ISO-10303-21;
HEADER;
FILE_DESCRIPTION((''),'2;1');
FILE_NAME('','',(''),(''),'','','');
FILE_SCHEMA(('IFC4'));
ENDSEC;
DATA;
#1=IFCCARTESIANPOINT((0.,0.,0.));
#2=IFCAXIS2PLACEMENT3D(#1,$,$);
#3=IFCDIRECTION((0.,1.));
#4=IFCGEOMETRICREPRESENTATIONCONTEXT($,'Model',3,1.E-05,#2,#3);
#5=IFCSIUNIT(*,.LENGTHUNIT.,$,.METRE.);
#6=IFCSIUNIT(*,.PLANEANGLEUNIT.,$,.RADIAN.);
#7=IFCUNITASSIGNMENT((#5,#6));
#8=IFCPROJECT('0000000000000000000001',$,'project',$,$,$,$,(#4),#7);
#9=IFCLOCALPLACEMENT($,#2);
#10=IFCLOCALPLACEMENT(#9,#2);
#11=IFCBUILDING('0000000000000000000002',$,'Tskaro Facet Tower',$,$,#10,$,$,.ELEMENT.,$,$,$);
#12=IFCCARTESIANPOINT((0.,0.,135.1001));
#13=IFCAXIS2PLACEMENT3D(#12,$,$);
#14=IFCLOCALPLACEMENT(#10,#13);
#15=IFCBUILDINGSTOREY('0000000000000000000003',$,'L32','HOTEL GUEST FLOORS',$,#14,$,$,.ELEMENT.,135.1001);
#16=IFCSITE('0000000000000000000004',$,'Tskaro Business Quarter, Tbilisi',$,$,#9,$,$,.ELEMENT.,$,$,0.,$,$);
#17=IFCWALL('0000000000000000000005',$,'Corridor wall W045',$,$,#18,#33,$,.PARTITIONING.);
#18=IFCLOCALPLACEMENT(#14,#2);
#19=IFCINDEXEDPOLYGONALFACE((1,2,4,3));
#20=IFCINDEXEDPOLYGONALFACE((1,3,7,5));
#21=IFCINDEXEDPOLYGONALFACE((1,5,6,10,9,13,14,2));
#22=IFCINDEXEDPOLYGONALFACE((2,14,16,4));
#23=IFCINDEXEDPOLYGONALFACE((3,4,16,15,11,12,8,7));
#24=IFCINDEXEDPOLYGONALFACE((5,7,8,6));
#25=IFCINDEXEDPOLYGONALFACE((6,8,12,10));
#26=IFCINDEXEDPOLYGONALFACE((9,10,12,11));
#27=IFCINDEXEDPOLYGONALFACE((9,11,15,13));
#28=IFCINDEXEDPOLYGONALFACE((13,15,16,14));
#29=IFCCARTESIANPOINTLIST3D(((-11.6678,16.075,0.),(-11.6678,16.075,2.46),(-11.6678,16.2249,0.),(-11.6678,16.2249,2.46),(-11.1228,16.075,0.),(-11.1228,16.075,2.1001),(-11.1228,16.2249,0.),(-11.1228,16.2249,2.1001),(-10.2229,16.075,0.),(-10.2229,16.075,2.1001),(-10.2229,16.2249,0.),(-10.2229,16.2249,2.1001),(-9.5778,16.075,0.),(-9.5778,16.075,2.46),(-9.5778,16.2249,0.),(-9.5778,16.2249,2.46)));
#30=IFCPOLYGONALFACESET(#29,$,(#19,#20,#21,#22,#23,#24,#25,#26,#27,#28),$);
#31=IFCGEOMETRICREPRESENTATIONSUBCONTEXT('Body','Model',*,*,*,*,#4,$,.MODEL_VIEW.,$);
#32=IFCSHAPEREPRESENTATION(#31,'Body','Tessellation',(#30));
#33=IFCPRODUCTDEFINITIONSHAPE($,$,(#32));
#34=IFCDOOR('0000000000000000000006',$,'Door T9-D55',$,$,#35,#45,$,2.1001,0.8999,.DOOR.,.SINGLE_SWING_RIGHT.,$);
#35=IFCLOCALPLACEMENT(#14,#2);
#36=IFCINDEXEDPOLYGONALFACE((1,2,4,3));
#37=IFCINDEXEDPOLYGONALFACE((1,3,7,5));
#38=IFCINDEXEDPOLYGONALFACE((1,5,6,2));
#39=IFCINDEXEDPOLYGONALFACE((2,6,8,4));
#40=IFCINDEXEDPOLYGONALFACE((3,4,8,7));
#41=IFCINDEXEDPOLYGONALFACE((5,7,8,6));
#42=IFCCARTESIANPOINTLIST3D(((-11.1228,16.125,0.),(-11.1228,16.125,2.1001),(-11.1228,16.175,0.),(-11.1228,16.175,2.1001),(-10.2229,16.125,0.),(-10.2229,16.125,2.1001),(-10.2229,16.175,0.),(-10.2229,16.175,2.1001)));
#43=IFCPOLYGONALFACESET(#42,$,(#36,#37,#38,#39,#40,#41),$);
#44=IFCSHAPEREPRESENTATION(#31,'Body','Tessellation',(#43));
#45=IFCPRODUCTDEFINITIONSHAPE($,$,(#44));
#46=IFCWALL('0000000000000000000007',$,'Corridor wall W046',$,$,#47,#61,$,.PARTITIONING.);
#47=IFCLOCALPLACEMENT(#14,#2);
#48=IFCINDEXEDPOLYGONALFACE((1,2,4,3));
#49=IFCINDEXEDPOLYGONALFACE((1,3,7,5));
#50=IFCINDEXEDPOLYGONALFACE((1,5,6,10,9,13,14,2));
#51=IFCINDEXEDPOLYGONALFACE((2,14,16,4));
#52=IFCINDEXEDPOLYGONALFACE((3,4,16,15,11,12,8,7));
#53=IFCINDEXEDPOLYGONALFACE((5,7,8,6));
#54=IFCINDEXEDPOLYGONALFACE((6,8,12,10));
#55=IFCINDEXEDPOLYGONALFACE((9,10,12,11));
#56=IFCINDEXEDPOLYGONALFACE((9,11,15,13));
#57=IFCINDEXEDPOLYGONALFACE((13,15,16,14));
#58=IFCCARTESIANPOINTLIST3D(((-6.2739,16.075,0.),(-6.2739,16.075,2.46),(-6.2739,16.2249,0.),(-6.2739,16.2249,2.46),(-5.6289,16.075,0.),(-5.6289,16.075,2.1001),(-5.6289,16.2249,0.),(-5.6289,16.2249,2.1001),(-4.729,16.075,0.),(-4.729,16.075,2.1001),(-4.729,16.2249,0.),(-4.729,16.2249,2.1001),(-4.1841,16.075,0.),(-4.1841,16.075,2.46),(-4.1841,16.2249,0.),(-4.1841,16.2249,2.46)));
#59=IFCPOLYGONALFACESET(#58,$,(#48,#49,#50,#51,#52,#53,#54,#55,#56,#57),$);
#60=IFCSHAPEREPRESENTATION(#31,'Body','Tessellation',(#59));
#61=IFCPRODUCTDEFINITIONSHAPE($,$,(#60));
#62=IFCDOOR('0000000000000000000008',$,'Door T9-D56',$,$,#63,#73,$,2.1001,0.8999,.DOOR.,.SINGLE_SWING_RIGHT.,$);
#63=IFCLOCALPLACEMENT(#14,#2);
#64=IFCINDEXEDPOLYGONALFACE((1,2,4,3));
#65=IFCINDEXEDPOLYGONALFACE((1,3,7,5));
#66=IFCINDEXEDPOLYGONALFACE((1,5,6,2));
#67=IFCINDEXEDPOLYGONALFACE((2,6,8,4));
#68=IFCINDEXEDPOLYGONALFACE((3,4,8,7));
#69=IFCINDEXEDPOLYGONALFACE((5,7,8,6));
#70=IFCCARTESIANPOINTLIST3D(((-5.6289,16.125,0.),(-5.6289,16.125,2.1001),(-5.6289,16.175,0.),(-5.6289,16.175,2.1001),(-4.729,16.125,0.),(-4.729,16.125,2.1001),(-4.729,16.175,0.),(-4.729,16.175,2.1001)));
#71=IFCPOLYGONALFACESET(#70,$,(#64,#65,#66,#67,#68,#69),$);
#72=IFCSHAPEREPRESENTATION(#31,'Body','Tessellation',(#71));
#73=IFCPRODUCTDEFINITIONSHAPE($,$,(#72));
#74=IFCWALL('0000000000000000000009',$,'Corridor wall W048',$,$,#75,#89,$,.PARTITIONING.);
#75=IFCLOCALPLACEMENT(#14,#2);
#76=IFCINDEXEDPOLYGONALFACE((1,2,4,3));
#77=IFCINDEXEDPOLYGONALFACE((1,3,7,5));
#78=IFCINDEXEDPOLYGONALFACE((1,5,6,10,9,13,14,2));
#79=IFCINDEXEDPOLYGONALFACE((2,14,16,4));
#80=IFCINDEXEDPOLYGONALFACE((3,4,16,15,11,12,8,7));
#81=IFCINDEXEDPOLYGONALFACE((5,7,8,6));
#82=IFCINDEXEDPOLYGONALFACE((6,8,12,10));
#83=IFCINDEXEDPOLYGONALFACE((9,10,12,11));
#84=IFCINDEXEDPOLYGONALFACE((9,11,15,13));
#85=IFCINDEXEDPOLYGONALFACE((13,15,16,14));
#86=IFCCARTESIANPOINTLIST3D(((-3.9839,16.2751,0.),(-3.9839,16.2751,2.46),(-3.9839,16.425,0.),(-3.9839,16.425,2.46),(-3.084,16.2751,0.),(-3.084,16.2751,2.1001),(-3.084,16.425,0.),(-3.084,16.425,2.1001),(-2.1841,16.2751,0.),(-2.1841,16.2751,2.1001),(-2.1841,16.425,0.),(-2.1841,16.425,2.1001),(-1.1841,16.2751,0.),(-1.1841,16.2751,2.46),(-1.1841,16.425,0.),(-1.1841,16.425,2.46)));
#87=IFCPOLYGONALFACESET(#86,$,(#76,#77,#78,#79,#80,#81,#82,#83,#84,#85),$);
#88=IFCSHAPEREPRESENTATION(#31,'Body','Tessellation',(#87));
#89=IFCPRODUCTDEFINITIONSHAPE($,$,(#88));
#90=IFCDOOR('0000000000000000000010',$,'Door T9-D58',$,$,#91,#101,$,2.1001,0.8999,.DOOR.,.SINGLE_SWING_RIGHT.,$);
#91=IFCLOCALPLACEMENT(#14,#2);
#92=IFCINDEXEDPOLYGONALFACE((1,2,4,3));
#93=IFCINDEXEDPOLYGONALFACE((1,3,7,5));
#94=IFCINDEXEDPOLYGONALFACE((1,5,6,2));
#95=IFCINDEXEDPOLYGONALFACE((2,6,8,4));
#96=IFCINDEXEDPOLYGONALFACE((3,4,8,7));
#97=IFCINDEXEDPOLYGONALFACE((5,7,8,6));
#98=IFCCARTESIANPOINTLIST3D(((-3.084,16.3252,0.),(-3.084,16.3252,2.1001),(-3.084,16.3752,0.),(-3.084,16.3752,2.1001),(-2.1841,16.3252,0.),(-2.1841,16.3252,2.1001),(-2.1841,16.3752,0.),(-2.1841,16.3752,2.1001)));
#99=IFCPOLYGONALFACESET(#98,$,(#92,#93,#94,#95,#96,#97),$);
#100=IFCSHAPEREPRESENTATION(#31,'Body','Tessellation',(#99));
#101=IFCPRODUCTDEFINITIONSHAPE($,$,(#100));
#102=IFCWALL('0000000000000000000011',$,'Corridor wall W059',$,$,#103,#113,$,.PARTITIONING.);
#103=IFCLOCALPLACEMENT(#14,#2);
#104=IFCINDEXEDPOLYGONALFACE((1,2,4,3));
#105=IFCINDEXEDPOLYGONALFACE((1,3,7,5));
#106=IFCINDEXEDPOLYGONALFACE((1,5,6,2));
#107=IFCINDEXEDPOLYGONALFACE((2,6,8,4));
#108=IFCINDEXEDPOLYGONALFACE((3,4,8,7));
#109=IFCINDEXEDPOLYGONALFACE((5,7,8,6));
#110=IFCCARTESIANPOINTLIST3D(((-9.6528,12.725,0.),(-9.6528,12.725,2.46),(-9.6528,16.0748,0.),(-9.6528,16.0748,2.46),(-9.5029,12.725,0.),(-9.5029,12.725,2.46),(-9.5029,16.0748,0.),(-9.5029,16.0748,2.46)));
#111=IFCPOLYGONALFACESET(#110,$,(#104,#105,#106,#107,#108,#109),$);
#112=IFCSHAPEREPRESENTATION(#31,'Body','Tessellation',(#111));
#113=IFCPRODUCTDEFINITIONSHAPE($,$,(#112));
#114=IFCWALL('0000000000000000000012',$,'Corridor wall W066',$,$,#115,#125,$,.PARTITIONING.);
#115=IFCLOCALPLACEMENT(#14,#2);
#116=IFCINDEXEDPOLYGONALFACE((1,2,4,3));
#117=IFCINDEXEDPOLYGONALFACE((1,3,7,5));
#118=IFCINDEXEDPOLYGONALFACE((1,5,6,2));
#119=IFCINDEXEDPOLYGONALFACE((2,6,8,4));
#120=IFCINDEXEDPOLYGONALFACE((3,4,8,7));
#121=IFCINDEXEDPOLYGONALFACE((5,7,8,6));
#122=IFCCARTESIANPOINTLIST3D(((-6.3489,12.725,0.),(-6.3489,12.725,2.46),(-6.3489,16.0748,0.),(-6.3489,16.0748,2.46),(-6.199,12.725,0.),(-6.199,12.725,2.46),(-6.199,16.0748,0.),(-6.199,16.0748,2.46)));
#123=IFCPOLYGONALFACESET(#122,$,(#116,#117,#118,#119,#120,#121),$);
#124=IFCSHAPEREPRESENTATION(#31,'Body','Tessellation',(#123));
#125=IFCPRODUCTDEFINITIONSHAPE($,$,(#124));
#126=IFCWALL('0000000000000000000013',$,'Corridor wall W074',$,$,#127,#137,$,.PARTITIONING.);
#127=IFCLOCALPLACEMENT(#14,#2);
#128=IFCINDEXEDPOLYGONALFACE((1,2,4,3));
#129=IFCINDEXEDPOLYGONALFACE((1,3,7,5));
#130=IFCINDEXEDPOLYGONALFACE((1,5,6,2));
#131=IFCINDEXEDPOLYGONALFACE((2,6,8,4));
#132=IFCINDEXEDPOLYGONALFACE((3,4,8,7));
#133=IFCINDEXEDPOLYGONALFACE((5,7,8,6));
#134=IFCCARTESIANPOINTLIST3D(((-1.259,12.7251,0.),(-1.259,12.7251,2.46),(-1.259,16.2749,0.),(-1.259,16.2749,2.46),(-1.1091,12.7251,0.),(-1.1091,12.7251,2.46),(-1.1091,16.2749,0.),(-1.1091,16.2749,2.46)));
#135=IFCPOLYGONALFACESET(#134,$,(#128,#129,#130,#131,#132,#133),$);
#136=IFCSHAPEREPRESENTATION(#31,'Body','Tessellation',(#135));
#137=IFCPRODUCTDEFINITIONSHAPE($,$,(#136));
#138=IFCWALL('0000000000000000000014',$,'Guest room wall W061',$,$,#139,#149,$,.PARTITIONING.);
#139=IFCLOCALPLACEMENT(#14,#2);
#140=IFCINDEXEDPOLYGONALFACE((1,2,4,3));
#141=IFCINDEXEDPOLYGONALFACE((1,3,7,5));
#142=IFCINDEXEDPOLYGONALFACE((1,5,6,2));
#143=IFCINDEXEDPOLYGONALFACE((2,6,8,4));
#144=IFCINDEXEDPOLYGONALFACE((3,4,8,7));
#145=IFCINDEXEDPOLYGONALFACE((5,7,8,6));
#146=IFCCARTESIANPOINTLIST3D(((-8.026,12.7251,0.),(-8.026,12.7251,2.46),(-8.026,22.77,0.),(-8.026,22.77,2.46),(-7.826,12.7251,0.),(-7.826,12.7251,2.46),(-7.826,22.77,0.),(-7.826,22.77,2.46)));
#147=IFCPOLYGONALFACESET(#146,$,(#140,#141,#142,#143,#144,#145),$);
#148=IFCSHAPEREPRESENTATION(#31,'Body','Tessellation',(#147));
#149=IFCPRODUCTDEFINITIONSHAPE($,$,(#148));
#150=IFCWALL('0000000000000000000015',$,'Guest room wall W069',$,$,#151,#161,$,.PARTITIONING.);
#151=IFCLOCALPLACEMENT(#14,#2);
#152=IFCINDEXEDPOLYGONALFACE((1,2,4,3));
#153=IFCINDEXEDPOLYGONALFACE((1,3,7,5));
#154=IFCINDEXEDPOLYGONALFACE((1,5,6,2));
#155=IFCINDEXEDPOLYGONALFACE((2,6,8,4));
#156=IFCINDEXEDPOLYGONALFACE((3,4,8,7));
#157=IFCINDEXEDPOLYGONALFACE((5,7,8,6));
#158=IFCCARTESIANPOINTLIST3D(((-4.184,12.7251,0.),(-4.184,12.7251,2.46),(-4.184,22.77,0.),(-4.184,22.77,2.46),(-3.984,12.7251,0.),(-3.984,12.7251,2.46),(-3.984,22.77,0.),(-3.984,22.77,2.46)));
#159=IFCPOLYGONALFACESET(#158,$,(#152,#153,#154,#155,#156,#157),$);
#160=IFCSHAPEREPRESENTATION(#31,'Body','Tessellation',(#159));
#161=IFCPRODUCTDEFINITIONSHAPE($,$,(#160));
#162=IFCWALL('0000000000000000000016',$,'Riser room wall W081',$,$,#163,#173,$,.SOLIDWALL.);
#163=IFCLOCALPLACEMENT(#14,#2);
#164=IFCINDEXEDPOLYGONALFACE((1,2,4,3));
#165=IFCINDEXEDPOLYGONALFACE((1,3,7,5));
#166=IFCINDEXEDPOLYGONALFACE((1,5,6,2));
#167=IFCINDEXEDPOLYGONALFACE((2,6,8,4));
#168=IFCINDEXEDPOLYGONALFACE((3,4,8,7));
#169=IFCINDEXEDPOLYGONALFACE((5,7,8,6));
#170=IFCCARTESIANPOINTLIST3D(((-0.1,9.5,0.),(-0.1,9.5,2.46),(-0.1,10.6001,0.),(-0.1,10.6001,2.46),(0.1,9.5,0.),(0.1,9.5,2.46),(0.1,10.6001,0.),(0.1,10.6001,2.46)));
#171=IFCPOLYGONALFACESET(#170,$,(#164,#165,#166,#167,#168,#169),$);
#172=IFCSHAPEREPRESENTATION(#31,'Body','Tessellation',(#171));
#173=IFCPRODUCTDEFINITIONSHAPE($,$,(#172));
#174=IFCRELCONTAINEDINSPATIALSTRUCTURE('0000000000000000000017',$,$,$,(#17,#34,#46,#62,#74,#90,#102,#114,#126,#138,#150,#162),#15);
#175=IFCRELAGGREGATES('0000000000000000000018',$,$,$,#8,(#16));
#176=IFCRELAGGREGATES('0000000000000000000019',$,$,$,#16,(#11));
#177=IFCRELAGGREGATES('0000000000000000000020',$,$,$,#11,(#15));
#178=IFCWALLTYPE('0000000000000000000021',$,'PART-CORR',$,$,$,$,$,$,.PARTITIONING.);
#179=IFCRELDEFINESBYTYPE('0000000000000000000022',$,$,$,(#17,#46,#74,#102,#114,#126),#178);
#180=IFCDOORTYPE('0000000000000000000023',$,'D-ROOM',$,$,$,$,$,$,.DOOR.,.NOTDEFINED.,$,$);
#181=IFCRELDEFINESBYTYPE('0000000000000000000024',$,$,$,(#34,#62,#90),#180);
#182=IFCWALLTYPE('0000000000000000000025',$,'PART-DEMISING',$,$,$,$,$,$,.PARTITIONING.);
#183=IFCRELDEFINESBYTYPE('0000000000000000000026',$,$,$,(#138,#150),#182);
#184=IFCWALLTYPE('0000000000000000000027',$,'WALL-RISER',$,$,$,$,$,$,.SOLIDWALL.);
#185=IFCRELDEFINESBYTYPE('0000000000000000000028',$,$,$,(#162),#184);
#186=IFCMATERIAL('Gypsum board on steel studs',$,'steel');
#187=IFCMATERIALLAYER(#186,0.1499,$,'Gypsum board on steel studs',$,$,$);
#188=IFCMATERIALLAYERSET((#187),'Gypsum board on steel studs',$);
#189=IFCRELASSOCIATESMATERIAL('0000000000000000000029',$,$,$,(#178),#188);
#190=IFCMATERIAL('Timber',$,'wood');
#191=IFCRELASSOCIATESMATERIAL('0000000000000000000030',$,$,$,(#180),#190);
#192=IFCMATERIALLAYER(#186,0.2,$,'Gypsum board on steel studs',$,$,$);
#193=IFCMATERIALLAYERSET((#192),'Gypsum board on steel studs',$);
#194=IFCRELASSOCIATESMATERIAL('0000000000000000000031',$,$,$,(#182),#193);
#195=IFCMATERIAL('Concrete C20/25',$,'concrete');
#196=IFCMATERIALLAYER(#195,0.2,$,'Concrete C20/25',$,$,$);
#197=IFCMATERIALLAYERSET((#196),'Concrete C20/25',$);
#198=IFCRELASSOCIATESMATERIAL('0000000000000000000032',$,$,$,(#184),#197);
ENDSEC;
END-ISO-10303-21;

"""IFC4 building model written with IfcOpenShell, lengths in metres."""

from ifc_helpers import new_model, si_unit, direction, frame, frame_2d, origin, place, context, subcontext, project, spatial, rectangle, extrude, material, layer, layer_set, type_object, element, fill, save


model = new_model("IFC4")

# Units and contexts
model_context = context("Model", 3, precision=1e-05, world=origin(), true_north=direction((0.0, 1.0)))
body_context = subcontext(model_context, "Body", "Model", "MODEL_VIEW")
ifc_project = project(units=[si_unit("LENGTHUNIT", "METRE"), si_unit("PLANEANGLEUNIT", "RADIAN")], contexts=[model_context])

# Site, building, storey
site_placement = place(None, origin())
site = spatial("IfcSite", under=ifc_project, at=site_placement, Name="Tskaro Business Quarter, Tbilisi", CompositionType="ELEMENT", RefElevation=0.0)
building_placement = place(site_placement, origin())
building = spatial("IfcBuilding", under=site, at=building_placement, Name="Tskaro Facet Tower", CompositionType="ELEMENT")
storey_placement = place(building_placement, frame((0.0, 0.0, 135.1001)))
storey = spatial("IfcBuildingStorey", under=building, at=storey_placement, Name="L32", Description="HOTEL GUEST FLOORS", CompositionType="ELEMENT", Elevation=135.1001)

# Shared definitions
ifc_material_1 = material(Name="Gypsum board on steel studs", Category="steel")
ifc_layer_1 = layer(ifc_material_1, 0.1499, Name="Gypsum board on steel studs")
ifc_layer_set_1 = layer_set([ifc_layer_1], Name="Gypsum board on steel studs")
wall_type_1 = type_object("IfcWallType", Name="PART-CORR", PredefinedType="PARTITIONING", material=ifc_layer_set_1)
ifc_material_2 = material(Name="Timber", Category="wood")
door_type_1 = type_object("IfcDoorType", Name="D-ROOM", OperationType="NOTDEFINED", PredefinedType="DOOR", material=ifc_material_2)

# Walls, openings, doors
wall_1_placement = place(storey_placement, frame((-9.5779, 16.1499, 0.0), z_axis=(0.0, 0.0, 1.0), x_axis=(-1.0, 0.0, 0.0)))
wall_1 = element("IfcWall", 1, at=wall_1_placement, inside=storey, type_object=wall_type_1, Name="Corridor wall W045", PredefinedType="PARTITIONING", context=body_context, shape_type="SweptSolid", body=[
    extrude(rectangle(XDim=2.0901, YDim=0.1499, at=frame_2d((1.0449, 0.0))), origin(), (0.0, 0.0, 1.0), 2.46),
])
opening_1_placement = place(wall_1_placement, frame((0.645, 0.0, 0.0)))
opening_1 = element("IfcOpeningElement", 2, at=opening_1_placement, cuts=wall_1, PredefinedType="OPENING", context=body_context, shape_type="SweptSolid", body=[
    extrude(rectangle(XDim=0.8999, YDim=2.1001, at=frame_2d((0.45, 1.05))), frame((0.0, 0.085, 0.0), z_axis=(0.0, -1.0, 0.0), x_axis=(1.0, 0.0, 0.0)), (0.0, 0.0, 1.0), 0.1699),
])
door_1_placement = place(opening_1_placement, origin())
door_1 = element("IfcDoor", 3, at=door_1_placement, inside=storey, type_object=door_type_1, Name="Door T9-D55", OperationType="SINGLE_SWING_RIGHT", OverallHeight=2.1001, OverallWidth=0.8999, PredefinedType="DOOR", context=body_context, shape_type="SweptSolid", body=[
    extrude(rectangle(XDim=0.8999, YDim=2.1001, at=frame_2d((0.45, 1.05))), frame((0.0, 0.0249, 0.0), z_axis=(0.0, -1.0, 0.0), x_axis=(1.0, 0.0, 0.0)), (0.0, 0.0, 1.0), 0.05),
])
fill(opening_1, door_1)
wall_2_placement = place(storey_placement, frame((-4.1841, 16.1499, 0.0), z_axis=(0.0, 0.0, 1.0), x_axis=(-1.0, 0.0, 0.0)))
wall_2 = element("IfcWall", 4, at=wall_2_placement, inside=storey, type_object=wall_type_1, Name="Corridor wall W046", PredefinedType="PARTITIONING", context=body_context, shape_type="SweptSolid", body=[
    extrude(rectangle(XDim=2.0898, YDim=0.1499, at=frame_2d((1.0449, 0.0))), origin(), (0.0, 0.0, 1.0), 2.46),
])
opening_2_placement = place(wall_2_placement, frame((0.5449, 0.0, 0.0)))
opening_2 = element("IfcOpeningElement", 5, at=opening_2_placement, cuts=wall_2, PredefinedType="OPENING", context=body_context, shape_type="SweptSolid", body=[
    extrude(rectangle(XDim=0.8999, YDim=2.1001, at=frame_2d((0.45, 1.05))), frame((0.0, 0.085, 0.0), z_axis=(0.0, -1.0, 0.0), x_axis=(1.0, 0.0, 0.0)), (0.0, 0.0, 1.0), 0.1699),
])
door_2_placement = place(opening_2_placement, origin())
door_2 = element("IfcDoor", 6, at=door_2_placement, inside=storey, type_object=door_type_1, Name="Door T9-D56", OperationType="SINGLE_SWING_RIGHT", OverallHeight=2.1001, OverallWidth=0.8999, PredefinedType="DOOR", context=body_context, shape_type="SweptSolid", body=[
    extrude(rectangle(XDim=0.8999, YDim=2.1001, at=frame_2d((0.45, 1.05))), frame((0.0, 0.0249, 0.0), z_axis=(0.0, -1.0, 0.0), x_axis=(1.0, 0.0, 0.0)), (0.0, 0.0, 1.0), 0.05),
])
fill(opening_2, door_2)
wall_3_placement = place(storey_placement, frame((-1.1841, 16.3501, 0.0), z_axis=(0.0, 0.0, 1.0), x_axis=(-1.0, 0.0, 0.0)))
wall_3 = element("IfcWall", 7, at=wall_3_placement, inside=storey, type_object=wall_type_1, Name="Corridor wall W048", PredefinedType="PARTITIONING", context=body_context, shape_type="SweptSolid", body=[
    extrude(rectangle(XDim=2.7998, YDim=0.1499, at=frame_2d((1.3999, 0.0))), origin(), (0.0, 0.0, 1.0), 2.46),
])
opening_3_placement = place(wall_3_placement, frame((1.0, 0.0, 0.0)))
opening_3 = element("IfcOpeningElement", 8, at=opening_3_placement, cuts=wall_3, PredefinedType="OPENING", context=body_context, shape_type="SweptSolid", body=[
    extrude(rectangle(XDim=0.8999, YDim=2.1001, at=frame_2d((0.45, 1.05))), frame((0.0, 0.085, 0.0), z_axis=(0.0, -1.0, 0.0), x_axis=(1.0, 0.0, 0.0)), (0.0, 0.0, 1.0), 0.1699),
])
door_3_placement = place(opening_3_placement, origin())
door_3 = element("IfcDoor", 9, at=door_3_placement, inside=storey, type_object=door_type_1, Name="Door T9-D58", OperationType="SINGLE_SWING_RIGHT", OverallHeight=2.1001, OverallWidth=0.8999, PredefinedType="DOOR", context=body_context, shape_type="SweptSolid", body=[
    extrude(rectangle(XDim=0.8999, YDim=2.1001, at=frame_2d((0.45, 1.05))), frame((0.0, 0.0249, 0.0), z_axis=(0.0, -1.0, 0.0), x_axis=(1.0, 0.0, 0.0)), (0.0, 0.0, 1.0), 0.05),
])
fill(opening_3, door_3)

# Walls
for number, where, z_axis, x_axis, name in (
    (10, (-9.5779, 12.7251, 0.0), (0.0, 0.0, 1.0), (0.0, 1.0, 0.0), "Corridor wall W059"),
    (11, (-6.2739, 12.7251, 0.0), (0.0, 0.0, 1.0), (0.0, 1.0, 0.0), "Corridor wall W066"),
):
    element("IfcWall", number, at=place(storey_placement, frame(where, z_axis=z_axis, x_axis=x_axis)), inside=storey, type_object=wall_type_1, Name=name, PredefinedType="PARTITIONING", context=body_context, shape_type="SweptSolid", body=[
        extrude(rectangle(XDim=3.3499, YDim=0.1499, at=frame_2d((1.6748, 0.0))), origin(), (0.0, 0.0, 1.0), 2.46),
    ])
wall_4_placement = place(storey_placement, frame((-1.1841, 12.7251, 0.0), z_axis=(0.0, 0.0, 1.0), x_axis=(0.0, 1.0, 0.0)))
element("IfcWall", 12, at=wall_4_placement, inside=storey, type_object=wall_type_1, Name="Corridor wall W074", PredefinedType="PARTITIONING", context=body_context, shape_type="SweptSolid", body=[
    extrude(rectangle(XDim=3.5498, YDim=0.1499, at=frame_2d((1.7749, 0.0))), origin(), (0.0, 0.0, 1.0), 2.46),
])
ifc_layer_2 = layer(ifc_material_1, 0.2, Name="Gypsum board on steel studs")
ifc_layer_set_2 = layer_set([ifc_layer_2], Name="Gypsum board on steel studs")
wall_type_2 = type_object("IfcWallType", Name="PART-DEMISING", PredefinedType="PARTITIONING", material=ifc_layer_set_2)
for number, where, z_axis, x_axis, name in (
    (13, (-7.926, 12.7251, 0.0), (0.0, 0.0, 1.0), (0.0, 1.0, 0.0), "Guest room wall W061"),
    (14, (-4.084, 12.7251, 0.0), (0.0, 0.0, 1.0), (0.0, 1.0, 0.0), "Guest room wall W069"),
):
    element("IfcWall", number, at=place(storey_placement, frame(where, z_axis=z_axis, x_axis=x_axis)), inside=storey, type_object=wall_type_2, Name=name, PredefinedType="PARTITIONING", context=body_context, shape_type="SweptSolid", body=[
        extrude(rectangle(XDim=10.0449, YDim=0.2, at=frame_2d((5.0225, 0.0))), origin(), (0.0, 0.0, 1.0), 2.46),
    ])
ifc_material_3 = material(Name="Concrete C20/25", Category="concrete")
ifc_layer_3 = layer(ifc_material_3, 0.2, Name="Concrete C20/25")
ifc_layer_set_3 = layer_set([ifc_layer_3], Name="Concrete C20/25")
wall_type_3 = type_object("IfcWallType", Name="WALL-RISER", PredefinedType="SOLIDWALL", material=ifc_layer_set_3)
wall_5_placement = place(storey_placement, frame((0.0, 9.5, 0.0), z_axis=(0.0, 0.0, 1.0), x_axis=(0.0, 1.0, 0.0)))
element("IfcWall", 15, at=wall_5_placement, inside=storey, type_object=wall_type_3, Name="Riser room wall W081", PredefinedType="SOLIDWALL", context=body_context, shape_type="SweptSolid", body=[
    extrude(rectangle(XDim=1.1001, YDim=0.2, at=frame_2d((0.55, 0.0))), origin(), (0.0, 0.0, 1.0), 2.46),
])

save(model, "model.ifc")
